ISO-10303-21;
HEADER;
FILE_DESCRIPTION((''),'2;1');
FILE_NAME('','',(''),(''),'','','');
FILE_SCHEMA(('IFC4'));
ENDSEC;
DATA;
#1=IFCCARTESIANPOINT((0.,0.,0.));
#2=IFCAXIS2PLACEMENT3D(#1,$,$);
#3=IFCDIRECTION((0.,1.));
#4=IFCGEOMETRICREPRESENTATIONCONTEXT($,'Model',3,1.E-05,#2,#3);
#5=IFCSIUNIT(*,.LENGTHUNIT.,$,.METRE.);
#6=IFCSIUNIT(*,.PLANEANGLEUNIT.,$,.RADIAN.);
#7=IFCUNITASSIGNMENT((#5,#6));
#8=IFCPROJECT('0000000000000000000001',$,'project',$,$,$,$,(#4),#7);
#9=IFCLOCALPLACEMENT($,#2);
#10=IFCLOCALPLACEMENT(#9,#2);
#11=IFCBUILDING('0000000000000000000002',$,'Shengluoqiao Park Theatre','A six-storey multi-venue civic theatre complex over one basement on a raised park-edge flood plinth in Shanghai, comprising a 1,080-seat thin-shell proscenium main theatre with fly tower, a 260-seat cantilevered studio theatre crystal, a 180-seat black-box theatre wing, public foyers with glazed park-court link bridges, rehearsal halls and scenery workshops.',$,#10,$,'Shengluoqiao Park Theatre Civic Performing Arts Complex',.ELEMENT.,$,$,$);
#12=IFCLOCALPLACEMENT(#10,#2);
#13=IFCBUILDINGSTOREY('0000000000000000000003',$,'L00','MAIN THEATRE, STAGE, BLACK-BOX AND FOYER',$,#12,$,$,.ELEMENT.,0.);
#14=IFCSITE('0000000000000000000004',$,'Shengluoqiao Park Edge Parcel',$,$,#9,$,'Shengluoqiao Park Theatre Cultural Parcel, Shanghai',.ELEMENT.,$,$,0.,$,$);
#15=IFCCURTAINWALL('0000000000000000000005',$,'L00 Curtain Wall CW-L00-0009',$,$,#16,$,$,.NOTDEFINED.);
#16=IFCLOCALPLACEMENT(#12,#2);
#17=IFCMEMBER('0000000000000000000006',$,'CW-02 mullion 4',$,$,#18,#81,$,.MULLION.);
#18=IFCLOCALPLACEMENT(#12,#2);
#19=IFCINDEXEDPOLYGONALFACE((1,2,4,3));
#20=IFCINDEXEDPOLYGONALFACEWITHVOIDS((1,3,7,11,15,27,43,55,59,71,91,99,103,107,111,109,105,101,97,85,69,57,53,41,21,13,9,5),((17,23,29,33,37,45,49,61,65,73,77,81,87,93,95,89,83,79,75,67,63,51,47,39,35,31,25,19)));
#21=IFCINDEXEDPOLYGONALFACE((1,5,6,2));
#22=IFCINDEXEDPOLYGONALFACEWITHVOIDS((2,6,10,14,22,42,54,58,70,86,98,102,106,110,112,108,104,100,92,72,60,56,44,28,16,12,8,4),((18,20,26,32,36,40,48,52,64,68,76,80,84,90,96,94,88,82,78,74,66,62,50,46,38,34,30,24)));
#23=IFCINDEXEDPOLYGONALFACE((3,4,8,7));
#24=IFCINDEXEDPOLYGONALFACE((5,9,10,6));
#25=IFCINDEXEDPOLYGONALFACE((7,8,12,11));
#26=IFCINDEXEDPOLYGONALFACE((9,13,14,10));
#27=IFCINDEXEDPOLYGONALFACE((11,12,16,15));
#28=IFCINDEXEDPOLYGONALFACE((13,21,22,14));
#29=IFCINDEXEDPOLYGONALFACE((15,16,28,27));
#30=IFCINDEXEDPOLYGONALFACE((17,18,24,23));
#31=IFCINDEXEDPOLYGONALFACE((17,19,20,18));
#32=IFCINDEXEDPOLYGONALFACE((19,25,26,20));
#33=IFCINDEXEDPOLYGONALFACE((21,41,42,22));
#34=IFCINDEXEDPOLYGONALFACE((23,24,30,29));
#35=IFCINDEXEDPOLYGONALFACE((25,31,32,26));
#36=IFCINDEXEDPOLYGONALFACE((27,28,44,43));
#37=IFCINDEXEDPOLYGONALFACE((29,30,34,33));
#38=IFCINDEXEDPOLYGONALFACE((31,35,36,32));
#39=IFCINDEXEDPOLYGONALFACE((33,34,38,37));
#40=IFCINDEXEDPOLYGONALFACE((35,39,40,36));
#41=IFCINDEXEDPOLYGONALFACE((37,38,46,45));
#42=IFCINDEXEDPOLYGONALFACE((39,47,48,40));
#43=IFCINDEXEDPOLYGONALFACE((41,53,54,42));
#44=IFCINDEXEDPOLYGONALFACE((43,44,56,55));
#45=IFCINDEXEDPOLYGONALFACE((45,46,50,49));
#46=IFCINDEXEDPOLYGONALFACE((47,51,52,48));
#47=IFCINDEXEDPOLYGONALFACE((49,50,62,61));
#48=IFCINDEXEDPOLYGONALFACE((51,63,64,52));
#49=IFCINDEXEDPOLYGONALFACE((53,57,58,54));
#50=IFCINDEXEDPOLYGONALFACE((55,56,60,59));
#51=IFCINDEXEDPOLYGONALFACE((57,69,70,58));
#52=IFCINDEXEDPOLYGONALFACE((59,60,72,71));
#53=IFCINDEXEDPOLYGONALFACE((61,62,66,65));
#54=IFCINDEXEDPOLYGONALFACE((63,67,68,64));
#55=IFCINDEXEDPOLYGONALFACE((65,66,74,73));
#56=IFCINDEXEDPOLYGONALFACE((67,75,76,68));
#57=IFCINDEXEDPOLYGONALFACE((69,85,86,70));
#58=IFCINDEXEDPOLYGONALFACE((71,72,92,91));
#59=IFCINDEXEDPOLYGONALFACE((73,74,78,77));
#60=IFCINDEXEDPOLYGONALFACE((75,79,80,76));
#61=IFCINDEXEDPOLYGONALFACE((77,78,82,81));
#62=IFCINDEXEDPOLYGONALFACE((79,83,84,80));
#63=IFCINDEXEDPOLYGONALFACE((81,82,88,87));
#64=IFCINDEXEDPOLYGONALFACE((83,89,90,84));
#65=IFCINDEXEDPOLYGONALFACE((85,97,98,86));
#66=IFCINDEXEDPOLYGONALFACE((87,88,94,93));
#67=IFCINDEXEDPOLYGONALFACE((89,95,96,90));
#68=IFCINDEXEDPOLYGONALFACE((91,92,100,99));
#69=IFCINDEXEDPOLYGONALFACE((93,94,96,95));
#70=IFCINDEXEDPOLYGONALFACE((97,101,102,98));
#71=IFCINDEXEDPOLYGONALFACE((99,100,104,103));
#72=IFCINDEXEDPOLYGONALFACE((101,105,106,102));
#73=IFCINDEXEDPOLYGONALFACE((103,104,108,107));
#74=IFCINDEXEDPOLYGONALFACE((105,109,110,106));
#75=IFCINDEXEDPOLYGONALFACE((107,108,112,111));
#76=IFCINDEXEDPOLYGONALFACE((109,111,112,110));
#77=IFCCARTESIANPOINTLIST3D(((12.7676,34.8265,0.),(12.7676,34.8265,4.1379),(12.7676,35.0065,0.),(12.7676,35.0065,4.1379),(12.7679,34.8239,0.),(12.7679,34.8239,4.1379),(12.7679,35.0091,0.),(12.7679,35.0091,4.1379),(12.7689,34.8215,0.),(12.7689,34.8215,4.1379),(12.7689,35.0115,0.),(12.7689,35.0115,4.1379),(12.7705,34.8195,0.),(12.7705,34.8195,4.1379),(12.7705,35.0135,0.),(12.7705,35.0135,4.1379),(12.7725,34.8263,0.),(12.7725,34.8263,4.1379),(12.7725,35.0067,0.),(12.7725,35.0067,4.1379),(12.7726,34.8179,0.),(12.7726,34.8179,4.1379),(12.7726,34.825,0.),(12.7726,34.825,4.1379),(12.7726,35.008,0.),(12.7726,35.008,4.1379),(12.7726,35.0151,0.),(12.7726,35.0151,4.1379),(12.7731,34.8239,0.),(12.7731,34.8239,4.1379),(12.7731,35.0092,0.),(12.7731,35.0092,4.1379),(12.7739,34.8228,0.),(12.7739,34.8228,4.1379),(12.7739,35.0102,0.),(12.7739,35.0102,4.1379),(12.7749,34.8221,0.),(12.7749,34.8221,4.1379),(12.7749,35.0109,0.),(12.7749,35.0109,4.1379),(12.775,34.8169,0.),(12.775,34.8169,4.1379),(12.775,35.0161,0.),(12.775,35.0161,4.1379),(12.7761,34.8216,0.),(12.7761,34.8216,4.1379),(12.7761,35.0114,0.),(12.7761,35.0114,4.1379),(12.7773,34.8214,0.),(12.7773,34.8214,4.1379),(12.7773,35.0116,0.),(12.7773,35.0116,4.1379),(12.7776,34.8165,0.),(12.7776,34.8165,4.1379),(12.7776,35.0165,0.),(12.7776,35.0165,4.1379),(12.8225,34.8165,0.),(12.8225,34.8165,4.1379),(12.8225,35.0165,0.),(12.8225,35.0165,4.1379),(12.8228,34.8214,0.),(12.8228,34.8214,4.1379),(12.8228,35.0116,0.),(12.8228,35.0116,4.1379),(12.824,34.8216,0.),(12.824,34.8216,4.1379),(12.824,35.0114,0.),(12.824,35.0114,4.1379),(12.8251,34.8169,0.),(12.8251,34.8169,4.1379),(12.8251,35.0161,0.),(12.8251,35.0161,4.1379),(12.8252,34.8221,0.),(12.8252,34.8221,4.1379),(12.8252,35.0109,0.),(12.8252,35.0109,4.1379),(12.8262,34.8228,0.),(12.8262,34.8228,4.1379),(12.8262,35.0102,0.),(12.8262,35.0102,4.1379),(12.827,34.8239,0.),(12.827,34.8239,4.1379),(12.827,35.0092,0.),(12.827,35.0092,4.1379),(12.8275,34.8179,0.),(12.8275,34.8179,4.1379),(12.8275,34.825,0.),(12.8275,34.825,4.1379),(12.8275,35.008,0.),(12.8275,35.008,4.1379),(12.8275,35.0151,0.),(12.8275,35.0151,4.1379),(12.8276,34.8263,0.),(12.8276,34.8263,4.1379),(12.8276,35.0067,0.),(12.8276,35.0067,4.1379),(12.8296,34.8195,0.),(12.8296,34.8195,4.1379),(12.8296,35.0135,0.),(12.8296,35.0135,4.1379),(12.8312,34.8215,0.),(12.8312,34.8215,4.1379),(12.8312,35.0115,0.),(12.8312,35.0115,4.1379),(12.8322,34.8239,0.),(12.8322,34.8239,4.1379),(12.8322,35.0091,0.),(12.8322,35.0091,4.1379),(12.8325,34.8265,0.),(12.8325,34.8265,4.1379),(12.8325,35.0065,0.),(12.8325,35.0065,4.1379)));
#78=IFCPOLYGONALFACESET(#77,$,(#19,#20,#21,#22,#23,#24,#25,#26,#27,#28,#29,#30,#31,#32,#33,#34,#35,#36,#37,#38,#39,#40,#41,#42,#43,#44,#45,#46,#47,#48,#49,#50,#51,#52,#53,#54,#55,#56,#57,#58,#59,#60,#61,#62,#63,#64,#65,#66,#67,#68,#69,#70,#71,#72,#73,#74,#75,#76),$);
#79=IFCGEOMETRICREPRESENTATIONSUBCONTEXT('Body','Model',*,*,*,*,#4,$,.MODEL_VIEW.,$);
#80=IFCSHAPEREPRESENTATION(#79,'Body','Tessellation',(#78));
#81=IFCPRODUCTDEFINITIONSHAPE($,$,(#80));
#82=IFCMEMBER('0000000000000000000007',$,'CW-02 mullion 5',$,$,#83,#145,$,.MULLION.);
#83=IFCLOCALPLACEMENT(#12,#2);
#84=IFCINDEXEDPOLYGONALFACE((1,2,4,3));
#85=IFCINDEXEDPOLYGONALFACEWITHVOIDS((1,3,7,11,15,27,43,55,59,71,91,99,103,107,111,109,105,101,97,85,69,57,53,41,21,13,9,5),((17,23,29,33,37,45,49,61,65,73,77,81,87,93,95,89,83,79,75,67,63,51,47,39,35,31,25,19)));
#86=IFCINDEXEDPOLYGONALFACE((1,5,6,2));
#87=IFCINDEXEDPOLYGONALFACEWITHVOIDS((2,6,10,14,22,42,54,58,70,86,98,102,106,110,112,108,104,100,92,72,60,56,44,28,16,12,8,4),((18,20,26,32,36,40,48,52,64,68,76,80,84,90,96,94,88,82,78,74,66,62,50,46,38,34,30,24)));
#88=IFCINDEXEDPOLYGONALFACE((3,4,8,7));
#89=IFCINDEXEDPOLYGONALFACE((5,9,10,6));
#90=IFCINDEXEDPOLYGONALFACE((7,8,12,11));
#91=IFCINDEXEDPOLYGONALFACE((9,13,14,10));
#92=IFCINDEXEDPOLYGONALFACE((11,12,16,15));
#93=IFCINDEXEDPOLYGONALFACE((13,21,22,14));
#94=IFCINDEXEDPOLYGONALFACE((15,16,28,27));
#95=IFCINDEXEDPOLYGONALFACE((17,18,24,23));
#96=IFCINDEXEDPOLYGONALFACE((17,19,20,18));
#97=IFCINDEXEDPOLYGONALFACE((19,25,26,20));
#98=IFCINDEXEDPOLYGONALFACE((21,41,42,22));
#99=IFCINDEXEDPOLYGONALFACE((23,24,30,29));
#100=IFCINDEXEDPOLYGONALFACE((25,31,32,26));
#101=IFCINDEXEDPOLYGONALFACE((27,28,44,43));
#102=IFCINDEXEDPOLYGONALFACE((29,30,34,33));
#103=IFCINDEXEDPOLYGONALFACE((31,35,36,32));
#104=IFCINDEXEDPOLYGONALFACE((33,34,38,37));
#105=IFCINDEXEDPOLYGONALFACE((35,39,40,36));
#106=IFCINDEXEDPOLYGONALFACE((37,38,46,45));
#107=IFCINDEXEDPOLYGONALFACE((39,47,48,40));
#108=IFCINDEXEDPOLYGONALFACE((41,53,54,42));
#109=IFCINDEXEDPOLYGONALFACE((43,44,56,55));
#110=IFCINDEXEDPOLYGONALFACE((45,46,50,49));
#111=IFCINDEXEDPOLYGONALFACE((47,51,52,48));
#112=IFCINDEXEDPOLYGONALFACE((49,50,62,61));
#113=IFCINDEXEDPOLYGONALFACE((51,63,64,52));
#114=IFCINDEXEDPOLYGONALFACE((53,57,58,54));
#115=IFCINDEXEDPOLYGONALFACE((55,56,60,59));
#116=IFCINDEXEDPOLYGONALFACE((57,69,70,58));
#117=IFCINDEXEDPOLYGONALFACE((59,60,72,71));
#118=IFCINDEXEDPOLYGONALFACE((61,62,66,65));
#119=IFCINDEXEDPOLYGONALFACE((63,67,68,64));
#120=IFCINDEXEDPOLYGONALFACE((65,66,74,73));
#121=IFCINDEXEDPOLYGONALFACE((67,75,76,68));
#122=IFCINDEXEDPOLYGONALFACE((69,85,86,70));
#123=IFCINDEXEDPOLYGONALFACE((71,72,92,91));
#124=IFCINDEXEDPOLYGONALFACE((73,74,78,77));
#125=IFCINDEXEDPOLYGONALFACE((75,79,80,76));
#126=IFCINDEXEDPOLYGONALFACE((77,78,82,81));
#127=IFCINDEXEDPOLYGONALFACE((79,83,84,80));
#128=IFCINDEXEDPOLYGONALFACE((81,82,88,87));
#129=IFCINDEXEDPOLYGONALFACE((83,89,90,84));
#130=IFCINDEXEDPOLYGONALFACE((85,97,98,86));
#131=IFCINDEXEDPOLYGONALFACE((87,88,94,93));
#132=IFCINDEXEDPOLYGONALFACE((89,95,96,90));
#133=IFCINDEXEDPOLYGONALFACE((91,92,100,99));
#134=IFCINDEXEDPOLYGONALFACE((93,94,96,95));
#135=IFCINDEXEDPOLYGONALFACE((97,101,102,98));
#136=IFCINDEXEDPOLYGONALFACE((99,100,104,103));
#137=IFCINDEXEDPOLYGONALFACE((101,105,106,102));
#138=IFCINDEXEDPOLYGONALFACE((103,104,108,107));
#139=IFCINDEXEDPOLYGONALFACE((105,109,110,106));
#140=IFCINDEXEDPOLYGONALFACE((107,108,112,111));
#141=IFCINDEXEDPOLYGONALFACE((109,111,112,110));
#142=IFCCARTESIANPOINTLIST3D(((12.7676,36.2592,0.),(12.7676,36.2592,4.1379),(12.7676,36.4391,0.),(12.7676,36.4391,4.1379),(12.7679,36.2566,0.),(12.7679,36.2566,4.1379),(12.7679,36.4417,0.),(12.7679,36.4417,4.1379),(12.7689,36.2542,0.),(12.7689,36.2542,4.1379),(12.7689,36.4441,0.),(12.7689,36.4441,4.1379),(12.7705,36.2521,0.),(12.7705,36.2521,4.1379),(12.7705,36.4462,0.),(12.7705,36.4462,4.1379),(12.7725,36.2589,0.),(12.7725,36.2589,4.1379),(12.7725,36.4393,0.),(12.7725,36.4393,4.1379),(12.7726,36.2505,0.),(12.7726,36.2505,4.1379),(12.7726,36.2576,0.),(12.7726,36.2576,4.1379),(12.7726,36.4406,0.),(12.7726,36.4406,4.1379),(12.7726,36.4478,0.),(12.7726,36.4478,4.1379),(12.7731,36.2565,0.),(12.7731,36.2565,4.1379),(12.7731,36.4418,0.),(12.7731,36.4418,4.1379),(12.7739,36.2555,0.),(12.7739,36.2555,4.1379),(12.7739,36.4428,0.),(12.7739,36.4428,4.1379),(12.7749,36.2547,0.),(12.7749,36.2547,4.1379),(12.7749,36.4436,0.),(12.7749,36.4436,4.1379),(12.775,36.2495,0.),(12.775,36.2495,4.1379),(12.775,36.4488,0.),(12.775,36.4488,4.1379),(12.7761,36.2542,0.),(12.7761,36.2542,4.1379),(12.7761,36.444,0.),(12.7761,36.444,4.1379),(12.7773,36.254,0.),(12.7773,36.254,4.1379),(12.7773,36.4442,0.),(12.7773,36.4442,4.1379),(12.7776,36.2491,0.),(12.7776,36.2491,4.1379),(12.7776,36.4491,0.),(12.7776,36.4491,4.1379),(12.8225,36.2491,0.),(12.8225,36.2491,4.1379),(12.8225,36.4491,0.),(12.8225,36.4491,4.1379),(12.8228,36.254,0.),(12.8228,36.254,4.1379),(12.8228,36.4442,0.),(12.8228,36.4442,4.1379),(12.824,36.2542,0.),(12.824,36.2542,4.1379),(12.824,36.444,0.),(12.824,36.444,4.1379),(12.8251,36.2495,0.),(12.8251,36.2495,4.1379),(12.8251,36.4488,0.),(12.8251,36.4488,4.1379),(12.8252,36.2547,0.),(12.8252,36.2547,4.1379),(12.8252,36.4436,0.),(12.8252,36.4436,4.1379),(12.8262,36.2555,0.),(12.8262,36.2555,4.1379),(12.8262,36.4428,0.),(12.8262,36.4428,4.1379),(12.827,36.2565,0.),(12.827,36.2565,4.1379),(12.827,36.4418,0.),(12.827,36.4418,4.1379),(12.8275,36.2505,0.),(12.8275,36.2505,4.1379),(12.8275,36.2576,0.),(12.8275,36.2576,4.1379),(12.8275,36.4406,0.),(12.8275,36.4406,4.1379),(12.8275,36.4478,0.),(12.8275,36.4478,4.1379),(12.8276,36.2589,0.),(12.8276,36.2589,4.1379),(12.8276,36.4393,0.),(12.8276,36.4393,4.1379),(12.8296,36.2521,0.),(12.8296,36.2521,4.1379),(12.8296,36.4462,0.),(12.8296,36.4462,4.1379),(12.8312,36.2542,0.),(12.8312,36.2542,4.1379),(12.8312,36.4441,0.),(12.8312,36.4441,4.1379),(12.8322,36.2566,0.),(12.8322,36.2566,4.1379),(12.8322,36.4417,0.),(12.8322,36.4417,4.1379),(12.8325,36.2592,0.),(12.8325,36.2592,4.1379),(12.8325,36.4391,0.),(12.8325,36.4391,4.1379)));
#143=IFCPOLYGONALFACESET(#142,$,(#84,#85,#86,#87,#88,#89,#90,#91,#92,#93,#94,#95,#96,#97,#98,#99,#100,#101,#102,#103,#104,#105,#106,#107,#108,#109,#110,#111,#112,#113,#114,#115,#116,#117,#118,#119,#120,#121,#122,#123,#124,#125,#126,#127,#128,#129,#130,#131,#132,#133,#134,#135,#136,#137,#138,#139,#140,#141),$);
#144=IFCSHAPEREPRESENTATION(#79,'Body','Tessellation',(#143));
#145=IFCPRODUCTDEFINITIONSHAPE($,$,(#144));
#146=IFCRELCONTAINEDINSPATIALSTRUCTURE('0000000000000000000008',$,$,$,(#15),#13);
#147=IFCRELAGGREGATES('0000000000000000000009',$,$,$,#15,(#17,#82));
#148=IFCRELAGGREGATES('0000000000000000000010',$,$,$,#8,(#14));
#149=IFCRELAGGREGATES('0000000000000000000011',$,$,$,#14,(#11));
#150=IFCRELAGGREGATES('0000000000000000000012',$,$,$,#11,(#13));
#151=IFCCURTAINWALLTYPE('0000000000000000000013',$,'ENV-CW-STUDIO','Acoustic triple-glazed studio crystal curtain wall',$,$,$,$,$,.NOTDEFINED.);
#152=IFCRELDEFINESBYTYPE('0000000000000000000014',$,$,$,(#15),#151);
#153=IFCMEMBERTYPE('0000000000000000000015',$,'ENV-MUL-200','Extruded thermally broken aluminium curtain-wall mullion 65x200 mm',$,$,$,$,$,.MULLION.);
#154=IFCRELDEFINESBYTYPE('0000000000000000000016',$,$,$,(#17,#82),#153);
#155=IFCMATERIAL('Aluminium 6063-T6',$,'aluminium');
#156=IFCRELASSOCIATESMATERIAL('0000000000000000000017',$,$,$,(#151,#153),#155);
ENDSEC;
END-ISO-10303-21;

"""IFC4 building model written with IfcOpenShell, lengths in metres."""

from ifc_helpers import new_model, si_unit, direction, frame, origin, origin_2d, place, context, subcontext, project, spatial, hollow_rectangle, extrude, material, material_profile, profile_set, type_object, element, aggregate, save


model = new_model("IFC4")

# Units and contexts
model_context = context("Model", 3, precision=1e-05, world=origin(), true_north=direction((0.0, 1.0)))
body_context = subcontext(model_context, "Body", "Model", "MODEL_VIEW")
ifc_project = project(units=[si_unit("LENGTHUNIT", "METRE"), si_unit("PLANEANGLEUNIT", "RADIAN")], contexts=[model_context])

# Site, building, storey
site_placement = place(None, origin())
site = spatial("IfcSite", under=ifc_project, at=site_placement, Name="Shengluoqiao Park Edge Parcel", LongName="Shengluoqiao Park Theatre Cultural Parcel, Shanghai", CompositionType="ELEMENT", RefElevation=0.0)
building_placement = place(site_placement, origin())
building = spatial("IfcBuilding", under=site, at=building_placement, Name="Shengluoqiao Park Theatre", Description="A six-storey multi-venue civic theatre complex over one basement on a raised park-edge flood plinth in Shanghai, comprising a 1,080-seat thin-shell proscenium main theatre with fly tower, a 260-seat cantilevered studio theatre crystal, a 180-seat black-box theatre wing, public foyers with glazed park-court link bridges, rehearsal halls and scenery workshops.", LongName="Shengluoqiao Park Theatre Civic Performing Arts Complex", CompositionType="ELEMENT")
storey_placement = place(building_placement, origin())
storey = spatial("IfcBuildingStorey", under=building, at=storey_placement, Name="L00", Description="MAIN THEATRE, STAGE, BLACK-BOX AND FOYER", CompositionType="ELEMENT", Elevation=0.0)

# Curtain wall, members
ifc_material_1 = material(Name="Aluminium 6063-T6", Category="aluminium")
curtain_wall_type = type_object("IfcCurtainWallType", Name="ENV-CW-STUDIO", Description="Acoustic triple-glazed studio crystal curtain wall", PredefinedType="NOTDEFINED", material=ifc_material_1)
curtain_wall_placement = place(storey_placement, origin())
curtain_wall = element("IfcCurtainWall", 1, at=curtain_wall_placement, inside=storey, type_object=curtain_wall_type, Name="L00 Curtain Wall CW-L00-0009", PredefinedType="NOTDEFINED")
ifc_material_profile_1 = material_profile(ifc_material_1, hollow_rectangle(XDim=0.0649, YDim=0.2, WallThickness=0.0049, InnerFilletRadius=0.0049, OuterFilletRadius=0.01, at=origin_2d()), Name="ALU MULLION 200x65x5")
ifc_profile_set_1 = profile_set([ifc_material_profile_1], Name="Aluminium 6063-T6")
member_type_1 = type_object("IfcMemberType", Name="ENV-MUL-200", Description="Extruded thermally broken aluminium curtain-wall mullion 65x200 mm", PredefinedType="MULLION", material=ifc_profile_set_1)
member_1_placement = place(storey_placement, frame((12.8, 34.9165, 0.0), z_axis=(0.0, 0.0, 1.0), x_axis=(-1.0, 0.0, 0.0)))
member_1 = element("IfcMember", 2, at=member_1_placement, type_object=member_type_1, Name="CW-02 mullion 4", PredefinedType="MULLION", context=body_context, shape_type="SweptSolid", body=[
    extrude(hollow_rectangle(XDim=0.0649, YDim=0.2, WallThickness=0.0049, InnerFilletRadius=0.0049, OuterFilletRadius=0.01, at=origin_2d()), origin(), (0.0, 0.0, 1.0), 4.1379),
])
member_2_placement = place(storey_placement, frame((12.8, 36.3491, 0.0), z_axis=(0.0, 0.0, 1.0), x_axis=(-1.0, 0.0, 0.0)))
member_2 = element("IfcMember", 3, at=member_2_placement, type_object=member_type_1, Name="CW-02 mullion 5", PredefinedType="MULLION", context=body_context, shape_type="SweptSolid", body=[
    extrude(hollow_rectangle(XDim=0.0649, YDim=0.2, WallThickness=0.0049, InnerFilletRadius=0.0049, OuterFilletRadius=0.01, at=origin_2d()), origin(), (0.0, 0.0, 1.0), 4.1379),
])
aggregate(curtain_wall, [member_1, member_2])

save(model, "model.ifc")
